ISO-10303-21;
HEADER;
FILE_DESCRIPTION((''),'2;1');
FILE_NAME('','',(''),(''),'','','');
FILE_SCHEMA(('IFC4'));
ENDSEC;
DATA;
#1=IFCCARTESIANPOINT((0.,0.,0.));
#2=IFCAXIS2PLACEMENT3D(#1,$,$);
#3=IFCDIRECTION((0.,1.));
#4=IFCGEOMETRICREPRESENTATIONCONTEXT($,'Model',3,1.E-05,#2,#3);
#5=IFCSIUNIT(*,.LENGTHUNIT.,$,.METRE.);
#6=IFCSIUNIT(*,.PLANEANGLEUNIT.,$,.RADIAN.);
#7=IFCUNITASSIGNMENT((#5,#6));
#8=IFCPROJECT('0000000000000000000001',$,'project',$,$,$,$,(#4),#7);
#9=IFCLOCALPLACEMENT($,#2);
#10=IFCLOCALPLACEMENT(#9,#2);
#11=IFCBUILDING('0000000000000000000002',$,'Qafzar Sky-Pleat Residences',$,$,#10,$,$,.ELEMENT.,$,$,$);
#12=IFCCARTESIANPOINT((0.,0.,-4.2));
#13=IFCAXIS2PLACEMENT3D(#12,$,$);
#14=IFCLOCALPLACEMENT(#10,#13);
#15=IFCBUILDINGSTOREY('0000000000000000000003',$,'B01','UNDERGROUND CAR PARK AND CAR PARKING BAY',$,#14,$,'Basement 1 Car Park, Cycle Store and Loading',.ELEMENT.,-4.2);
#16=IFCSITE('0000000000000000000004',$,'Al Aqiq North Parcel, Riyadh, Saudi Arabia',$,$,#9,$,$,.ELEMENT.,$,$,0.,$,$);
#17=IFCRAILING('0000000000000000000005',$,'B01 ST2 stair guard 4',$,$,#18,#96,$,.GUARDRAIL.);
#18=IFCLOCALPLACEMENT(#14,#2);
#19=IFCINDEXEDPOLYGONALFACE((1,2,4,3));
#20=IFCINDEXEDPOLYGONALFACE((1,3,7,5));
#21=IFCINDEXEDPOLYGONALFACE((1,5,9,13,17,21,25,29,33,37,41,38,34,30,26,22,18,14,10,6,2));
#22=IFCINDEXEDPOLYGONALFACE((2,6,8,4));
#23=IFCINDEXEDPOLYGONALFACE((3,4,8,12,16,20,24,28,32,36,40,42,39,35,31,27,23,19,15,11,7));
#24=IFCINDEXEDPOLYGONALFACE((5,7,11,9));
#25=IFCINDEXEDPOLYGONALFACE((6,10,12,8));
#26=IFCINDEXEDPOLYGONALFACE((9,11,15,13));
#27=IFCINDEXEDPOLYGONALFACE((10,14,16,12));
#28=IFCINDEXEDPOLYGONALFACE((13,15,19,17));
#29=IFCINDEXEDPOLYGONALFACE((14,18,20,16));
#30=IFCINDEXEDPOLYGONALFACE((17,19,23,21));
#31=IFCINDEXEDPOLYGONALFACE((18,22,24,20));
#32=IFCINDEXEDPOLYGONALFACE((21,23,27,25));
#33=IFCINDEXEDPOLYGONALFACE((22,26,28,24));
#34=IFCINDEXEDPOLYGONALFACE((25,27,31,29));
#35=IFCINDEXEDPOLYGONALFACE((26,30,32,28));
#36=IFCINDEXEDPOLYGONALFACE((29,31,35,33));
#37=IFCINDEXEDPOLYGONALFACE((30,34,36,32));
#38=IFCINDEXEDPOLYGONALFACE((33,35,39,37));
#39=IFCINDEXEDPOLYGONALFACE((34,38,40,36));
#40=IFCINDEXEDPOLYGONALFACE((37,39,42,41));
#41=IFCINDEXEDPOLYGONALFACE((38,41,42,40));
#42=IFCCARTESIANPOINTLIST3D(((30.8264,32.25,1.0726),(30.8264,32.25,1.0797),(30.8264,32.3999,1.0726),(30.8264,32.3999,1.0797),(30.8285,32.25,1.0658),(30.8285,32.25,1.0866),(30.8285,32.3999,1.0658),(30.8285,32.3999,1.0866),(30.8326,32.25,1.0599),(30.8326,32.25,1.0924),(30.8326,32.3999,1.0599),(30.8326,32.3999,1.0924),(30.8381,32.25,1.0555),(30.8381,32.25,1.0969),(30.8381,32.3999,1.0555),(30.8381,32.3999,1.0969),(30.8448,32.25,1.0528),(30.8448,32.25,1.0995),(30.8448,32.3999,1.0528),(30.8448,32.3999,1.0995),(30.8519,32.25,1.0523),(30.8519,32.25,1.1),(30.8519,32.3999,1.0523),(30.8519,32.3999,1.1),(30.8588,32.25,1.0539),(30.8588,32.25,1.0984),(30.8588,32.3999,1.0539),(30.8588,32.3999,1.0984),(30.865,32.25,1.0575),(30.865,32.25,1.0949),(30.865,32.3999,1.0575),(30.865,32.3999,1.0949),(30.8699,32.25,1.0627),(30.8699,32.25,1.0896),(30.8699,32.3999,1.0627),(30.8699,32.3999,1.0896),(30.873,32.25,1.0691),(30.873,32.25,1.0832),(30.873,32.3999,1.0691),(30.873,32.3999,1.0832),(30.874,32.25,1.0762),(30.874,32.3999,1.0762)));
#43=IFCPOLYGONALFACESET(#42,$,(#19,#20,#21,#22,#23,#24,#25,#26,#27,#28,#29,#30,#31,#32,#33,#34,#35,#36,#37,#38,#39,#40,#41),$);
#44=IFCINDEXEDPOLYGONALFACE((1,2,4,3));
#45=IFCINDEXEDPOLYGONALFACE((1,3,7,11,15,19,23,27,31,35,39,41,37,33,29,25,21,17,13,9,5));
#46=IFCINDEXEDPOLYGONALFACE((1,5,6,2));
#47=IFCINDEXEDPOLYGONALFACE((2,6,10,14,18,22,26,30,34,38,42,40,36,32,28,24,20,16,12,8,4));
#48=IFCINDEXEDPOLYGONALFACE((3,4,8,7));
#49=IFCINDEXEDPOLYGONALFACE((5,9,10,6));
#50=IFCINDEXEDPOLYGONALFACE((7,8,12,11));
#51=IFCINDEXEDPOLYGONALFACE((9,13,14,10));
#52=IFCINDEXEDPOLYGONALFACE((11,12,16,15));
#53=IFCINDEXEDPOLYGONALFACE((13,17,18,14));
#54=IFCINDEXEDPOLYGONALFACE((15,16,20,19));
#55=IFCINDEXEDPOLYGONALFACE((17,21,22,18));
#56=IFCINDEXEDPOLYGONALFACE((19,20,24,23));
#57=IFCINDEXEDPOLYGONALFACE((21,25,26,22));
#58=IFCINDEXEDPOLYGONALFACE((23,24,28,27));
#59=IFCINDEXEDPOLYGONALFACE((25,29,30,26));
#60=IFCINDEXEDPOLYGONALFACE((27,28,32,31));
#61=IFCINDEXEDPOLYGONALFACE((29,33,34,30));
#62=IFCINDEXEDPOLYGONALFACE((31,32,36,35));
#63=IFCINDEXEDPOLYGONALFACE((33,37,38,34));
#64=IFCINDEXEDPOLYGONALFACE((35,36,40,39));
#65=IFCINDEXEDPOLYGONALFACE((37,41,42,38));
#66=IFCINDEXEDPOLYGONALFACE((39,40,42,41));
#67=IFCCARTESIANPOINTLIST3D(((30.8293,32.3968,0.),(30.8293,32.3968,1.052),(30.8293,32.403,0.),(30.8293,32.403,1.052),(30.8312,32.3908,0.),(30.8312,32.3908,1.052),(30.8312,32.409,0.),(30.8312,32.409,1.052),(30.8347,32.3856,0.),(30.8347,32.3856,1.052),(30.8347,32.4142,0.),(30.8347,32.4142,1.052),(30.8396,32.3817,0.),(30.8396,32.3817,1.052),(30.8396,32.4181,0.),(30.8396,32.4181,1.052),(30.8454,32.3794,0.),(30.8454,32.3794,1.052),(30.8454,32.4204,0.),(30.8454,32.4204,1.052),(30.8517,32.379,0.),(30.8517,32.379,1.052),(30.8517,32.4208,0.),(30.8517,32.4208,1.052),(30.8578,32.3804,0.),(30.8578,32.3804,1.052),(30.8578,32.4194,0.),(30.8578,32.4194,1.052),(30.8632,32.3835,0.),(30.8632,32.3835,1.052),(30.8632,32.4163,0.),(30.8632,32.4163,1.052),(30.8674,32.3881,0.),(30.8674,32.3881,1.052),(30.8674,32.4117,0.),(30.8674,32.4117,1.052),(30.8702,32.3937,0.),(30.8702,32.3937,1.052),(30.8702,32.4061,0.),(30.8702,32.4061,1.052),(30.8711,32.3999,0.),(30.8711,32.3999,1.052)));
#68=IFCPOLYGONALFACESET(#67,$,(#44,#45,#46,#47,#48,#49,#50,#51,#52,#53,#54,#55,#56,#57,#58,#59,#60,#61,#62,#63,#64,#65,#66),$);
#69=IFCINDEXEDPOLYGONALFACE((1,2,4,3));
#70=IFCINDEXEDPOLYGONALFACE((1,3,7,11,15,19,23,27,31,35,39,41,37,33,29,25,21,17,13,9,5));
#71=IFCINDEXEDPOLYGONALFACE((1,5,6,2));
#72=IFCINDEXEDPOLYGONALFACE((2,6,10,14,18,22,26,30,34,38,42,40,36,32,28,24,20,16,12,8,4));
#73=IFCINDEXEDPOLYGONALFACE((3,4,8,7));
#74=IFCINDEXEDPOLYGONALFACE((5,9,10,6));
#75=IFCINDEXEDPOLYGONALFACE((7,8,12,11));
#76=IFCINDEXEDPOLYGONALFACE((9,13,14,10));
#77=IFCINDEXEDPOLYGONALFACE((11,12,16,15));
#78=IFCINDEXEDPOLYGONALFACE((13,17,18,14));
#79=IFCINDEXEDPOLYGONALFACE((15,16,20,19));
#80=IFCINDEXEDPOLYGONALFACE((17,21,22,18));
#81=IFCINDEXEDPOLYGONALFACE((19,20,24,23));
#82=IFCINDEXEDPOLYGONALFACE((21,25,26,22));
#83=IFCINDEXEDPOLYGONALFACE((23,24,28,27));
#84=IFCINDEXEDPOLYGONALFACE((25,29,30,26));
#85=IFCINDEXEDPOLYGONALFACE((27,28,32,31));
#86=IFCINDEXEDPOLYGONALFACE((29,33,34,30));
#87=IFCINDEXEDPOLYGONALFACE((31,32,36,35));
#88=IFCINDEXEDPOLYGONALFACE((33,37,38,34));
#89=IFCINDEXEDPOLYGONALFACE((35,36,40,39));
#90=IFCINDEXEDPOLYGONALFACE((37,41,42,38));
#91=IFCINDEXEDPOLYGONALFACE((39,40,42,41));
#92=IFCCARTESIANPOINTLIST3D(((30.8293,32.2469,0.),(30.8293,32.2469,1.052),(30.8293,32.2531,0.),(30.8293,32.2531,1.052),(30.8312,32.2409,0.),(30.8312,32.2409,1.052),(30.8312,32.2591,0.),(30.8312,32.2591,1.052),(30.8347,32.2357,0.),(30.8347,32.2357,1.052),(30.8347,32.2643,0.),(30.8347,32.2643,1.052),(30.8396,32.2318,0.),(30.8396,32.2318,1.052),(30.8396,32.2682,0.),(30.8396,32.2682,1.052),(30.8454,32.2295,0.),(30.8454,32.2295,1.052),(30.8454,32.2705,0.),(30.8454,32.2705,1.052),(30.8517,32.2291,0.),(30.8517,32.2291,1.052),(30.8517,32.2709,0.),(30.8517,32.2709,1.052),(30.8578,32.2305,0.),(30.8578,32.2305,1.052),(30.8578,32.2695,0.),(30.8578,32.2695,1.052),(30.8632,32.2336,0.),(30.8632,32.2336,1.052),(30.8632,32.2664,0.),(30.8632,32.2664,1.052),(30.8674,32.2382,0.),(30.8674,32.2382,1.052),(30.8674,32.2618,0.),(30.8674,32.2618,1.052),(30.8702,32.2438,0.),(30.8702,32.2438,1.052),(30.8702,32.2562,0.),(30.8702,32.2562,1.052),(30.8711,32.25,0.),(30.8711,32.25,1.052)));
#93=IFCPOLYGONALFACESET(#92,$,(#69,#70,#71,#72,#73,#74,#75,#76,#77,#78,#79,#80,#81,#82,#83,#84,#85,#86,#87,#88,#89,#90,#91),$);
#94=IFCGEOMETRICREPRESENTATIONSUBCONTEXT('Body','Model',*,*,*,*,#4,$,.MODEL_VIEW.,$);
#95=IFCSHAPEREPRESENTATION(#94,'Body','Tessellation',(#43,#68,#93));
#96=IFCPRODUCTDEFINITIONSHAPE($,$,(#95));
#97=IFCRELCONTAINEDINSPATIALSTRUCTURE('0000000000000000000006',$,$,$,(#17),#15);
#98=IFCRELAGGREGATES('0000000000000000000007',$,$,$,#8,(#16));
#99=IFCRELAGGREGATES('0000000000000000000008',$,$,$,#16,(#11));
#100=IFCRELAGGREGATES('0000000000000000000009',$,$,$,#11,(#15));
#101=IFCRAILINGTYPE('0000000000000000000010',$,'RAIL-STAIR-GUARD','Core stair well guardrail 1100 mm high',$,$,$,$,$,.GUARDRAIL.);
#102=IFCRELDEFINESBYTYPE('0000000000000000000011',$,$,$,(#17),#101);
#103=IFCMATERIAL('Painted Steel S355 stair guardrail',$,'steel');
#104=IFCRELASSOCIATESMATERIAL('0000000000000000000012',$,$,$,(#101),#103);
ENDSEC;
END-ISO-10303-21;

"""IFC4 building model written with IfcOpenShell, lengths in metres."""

from ifc_helpers import new_model, si_unit, direction, frame, origin, origin_2d, place, context, subcontext, project, spatial, circle, extrude, source, transform, mapped, material, type_object, element, save


model = new_model("IFC4")

# Units and contexts
model_context = context("Model", 3, precision=1e-05, world=origin(), true_north=direction((0.0, 1.0)))
body_context = subcontext(model_context, "Body", "Model", "MODEL_VIEW")
ifc_project = project(units=[si_unit("LENGTHUNIT", "METRE"), si_unit("PLANEANGLEUNIT", "RADIAN")], contexts=[model_context])

# Site, building, storey
site_placement = place(None, origin())
site = spatial("IfcSite", under=ifc_project, at=site_placement, Name="Al Aqiq North Parcel, Riyadh, Saudi Arabia", CompositionType="ELEMENT", RefElevation=0.0)
building_placement = place(site_placement, origin())
building = spatial("IfcBuilding", under=site, at=building_placement, Name="Qafzar Sky-Pleat Residences", CompositionType="ELEMENT")
storey_placement = place(building_placement, frame((0.0, 0.0, -4.2)))
storey = spatial("IfcBuildingStorey", under=building, at=storey_placement, Name="B01", Description="UNDERGROUND CAR PARK AND CAR PARKING BAY", LongName="Basement 1 Car Park, Cycle Store and Loading", CompositionType="ELEMENT", Elevation=-4.2)

# Railing
ifc_material_1 = material(Name="Painted Steel S355 stair guardrail", Category="steel")
railing_type_1 = type_object("IfcRailingType", Name="RAIL-STAIR-GUARD", Description="Core stair well guardrail 1100 mm high", PredefinedType="GUARDRAIL", material=ifc_material_1)
shared_shape_1 = source(origin(), body_context, "Body", "SweptSolid", [
    extrude(circle(Radius=0.0239, at=origin_2d()), frame((0.0, 0.0, 1.0762), z_axis=(0.0, -1.0, 0.0), x_axis=(1.0, 0.0, 0.0)), (0.0, 0.0, 1.0), 0.1499),
    extrude(circle(Radius=0.021, at=origin_2d()), origin(), (0.0, 0.0, 1.0), 1.052),
    extrude(circle(Radius=0.021, at=origin_2d()), frame((0.0, -0.1499, 0.0)), (0.0, 0.0, 1.0), 1.052),
])
for number, where, name in (
    (1, (30.8501, 32.3999, 0.0), "B01 ST2 stair guard 4"),
):
    element("IfcRailing", number, at=place(storey_placement, frame(where)), inside=storey, type_object=railing_type_1, Name=name, PredefinedType="GUARDRAIL", context=body_context, shape_type="MappedRepresentation", body=[
        mapped(shared_shape_1, transform((0.0, 0.0, 0.0), x_axis=(1.0, 0.0, 0.0), y_axis=(0.0, 1.0, 0.0), z_axis=(0.0, 0.0, 1.0), scale=1.0)),
    ])

save(model, "model.ifc")
